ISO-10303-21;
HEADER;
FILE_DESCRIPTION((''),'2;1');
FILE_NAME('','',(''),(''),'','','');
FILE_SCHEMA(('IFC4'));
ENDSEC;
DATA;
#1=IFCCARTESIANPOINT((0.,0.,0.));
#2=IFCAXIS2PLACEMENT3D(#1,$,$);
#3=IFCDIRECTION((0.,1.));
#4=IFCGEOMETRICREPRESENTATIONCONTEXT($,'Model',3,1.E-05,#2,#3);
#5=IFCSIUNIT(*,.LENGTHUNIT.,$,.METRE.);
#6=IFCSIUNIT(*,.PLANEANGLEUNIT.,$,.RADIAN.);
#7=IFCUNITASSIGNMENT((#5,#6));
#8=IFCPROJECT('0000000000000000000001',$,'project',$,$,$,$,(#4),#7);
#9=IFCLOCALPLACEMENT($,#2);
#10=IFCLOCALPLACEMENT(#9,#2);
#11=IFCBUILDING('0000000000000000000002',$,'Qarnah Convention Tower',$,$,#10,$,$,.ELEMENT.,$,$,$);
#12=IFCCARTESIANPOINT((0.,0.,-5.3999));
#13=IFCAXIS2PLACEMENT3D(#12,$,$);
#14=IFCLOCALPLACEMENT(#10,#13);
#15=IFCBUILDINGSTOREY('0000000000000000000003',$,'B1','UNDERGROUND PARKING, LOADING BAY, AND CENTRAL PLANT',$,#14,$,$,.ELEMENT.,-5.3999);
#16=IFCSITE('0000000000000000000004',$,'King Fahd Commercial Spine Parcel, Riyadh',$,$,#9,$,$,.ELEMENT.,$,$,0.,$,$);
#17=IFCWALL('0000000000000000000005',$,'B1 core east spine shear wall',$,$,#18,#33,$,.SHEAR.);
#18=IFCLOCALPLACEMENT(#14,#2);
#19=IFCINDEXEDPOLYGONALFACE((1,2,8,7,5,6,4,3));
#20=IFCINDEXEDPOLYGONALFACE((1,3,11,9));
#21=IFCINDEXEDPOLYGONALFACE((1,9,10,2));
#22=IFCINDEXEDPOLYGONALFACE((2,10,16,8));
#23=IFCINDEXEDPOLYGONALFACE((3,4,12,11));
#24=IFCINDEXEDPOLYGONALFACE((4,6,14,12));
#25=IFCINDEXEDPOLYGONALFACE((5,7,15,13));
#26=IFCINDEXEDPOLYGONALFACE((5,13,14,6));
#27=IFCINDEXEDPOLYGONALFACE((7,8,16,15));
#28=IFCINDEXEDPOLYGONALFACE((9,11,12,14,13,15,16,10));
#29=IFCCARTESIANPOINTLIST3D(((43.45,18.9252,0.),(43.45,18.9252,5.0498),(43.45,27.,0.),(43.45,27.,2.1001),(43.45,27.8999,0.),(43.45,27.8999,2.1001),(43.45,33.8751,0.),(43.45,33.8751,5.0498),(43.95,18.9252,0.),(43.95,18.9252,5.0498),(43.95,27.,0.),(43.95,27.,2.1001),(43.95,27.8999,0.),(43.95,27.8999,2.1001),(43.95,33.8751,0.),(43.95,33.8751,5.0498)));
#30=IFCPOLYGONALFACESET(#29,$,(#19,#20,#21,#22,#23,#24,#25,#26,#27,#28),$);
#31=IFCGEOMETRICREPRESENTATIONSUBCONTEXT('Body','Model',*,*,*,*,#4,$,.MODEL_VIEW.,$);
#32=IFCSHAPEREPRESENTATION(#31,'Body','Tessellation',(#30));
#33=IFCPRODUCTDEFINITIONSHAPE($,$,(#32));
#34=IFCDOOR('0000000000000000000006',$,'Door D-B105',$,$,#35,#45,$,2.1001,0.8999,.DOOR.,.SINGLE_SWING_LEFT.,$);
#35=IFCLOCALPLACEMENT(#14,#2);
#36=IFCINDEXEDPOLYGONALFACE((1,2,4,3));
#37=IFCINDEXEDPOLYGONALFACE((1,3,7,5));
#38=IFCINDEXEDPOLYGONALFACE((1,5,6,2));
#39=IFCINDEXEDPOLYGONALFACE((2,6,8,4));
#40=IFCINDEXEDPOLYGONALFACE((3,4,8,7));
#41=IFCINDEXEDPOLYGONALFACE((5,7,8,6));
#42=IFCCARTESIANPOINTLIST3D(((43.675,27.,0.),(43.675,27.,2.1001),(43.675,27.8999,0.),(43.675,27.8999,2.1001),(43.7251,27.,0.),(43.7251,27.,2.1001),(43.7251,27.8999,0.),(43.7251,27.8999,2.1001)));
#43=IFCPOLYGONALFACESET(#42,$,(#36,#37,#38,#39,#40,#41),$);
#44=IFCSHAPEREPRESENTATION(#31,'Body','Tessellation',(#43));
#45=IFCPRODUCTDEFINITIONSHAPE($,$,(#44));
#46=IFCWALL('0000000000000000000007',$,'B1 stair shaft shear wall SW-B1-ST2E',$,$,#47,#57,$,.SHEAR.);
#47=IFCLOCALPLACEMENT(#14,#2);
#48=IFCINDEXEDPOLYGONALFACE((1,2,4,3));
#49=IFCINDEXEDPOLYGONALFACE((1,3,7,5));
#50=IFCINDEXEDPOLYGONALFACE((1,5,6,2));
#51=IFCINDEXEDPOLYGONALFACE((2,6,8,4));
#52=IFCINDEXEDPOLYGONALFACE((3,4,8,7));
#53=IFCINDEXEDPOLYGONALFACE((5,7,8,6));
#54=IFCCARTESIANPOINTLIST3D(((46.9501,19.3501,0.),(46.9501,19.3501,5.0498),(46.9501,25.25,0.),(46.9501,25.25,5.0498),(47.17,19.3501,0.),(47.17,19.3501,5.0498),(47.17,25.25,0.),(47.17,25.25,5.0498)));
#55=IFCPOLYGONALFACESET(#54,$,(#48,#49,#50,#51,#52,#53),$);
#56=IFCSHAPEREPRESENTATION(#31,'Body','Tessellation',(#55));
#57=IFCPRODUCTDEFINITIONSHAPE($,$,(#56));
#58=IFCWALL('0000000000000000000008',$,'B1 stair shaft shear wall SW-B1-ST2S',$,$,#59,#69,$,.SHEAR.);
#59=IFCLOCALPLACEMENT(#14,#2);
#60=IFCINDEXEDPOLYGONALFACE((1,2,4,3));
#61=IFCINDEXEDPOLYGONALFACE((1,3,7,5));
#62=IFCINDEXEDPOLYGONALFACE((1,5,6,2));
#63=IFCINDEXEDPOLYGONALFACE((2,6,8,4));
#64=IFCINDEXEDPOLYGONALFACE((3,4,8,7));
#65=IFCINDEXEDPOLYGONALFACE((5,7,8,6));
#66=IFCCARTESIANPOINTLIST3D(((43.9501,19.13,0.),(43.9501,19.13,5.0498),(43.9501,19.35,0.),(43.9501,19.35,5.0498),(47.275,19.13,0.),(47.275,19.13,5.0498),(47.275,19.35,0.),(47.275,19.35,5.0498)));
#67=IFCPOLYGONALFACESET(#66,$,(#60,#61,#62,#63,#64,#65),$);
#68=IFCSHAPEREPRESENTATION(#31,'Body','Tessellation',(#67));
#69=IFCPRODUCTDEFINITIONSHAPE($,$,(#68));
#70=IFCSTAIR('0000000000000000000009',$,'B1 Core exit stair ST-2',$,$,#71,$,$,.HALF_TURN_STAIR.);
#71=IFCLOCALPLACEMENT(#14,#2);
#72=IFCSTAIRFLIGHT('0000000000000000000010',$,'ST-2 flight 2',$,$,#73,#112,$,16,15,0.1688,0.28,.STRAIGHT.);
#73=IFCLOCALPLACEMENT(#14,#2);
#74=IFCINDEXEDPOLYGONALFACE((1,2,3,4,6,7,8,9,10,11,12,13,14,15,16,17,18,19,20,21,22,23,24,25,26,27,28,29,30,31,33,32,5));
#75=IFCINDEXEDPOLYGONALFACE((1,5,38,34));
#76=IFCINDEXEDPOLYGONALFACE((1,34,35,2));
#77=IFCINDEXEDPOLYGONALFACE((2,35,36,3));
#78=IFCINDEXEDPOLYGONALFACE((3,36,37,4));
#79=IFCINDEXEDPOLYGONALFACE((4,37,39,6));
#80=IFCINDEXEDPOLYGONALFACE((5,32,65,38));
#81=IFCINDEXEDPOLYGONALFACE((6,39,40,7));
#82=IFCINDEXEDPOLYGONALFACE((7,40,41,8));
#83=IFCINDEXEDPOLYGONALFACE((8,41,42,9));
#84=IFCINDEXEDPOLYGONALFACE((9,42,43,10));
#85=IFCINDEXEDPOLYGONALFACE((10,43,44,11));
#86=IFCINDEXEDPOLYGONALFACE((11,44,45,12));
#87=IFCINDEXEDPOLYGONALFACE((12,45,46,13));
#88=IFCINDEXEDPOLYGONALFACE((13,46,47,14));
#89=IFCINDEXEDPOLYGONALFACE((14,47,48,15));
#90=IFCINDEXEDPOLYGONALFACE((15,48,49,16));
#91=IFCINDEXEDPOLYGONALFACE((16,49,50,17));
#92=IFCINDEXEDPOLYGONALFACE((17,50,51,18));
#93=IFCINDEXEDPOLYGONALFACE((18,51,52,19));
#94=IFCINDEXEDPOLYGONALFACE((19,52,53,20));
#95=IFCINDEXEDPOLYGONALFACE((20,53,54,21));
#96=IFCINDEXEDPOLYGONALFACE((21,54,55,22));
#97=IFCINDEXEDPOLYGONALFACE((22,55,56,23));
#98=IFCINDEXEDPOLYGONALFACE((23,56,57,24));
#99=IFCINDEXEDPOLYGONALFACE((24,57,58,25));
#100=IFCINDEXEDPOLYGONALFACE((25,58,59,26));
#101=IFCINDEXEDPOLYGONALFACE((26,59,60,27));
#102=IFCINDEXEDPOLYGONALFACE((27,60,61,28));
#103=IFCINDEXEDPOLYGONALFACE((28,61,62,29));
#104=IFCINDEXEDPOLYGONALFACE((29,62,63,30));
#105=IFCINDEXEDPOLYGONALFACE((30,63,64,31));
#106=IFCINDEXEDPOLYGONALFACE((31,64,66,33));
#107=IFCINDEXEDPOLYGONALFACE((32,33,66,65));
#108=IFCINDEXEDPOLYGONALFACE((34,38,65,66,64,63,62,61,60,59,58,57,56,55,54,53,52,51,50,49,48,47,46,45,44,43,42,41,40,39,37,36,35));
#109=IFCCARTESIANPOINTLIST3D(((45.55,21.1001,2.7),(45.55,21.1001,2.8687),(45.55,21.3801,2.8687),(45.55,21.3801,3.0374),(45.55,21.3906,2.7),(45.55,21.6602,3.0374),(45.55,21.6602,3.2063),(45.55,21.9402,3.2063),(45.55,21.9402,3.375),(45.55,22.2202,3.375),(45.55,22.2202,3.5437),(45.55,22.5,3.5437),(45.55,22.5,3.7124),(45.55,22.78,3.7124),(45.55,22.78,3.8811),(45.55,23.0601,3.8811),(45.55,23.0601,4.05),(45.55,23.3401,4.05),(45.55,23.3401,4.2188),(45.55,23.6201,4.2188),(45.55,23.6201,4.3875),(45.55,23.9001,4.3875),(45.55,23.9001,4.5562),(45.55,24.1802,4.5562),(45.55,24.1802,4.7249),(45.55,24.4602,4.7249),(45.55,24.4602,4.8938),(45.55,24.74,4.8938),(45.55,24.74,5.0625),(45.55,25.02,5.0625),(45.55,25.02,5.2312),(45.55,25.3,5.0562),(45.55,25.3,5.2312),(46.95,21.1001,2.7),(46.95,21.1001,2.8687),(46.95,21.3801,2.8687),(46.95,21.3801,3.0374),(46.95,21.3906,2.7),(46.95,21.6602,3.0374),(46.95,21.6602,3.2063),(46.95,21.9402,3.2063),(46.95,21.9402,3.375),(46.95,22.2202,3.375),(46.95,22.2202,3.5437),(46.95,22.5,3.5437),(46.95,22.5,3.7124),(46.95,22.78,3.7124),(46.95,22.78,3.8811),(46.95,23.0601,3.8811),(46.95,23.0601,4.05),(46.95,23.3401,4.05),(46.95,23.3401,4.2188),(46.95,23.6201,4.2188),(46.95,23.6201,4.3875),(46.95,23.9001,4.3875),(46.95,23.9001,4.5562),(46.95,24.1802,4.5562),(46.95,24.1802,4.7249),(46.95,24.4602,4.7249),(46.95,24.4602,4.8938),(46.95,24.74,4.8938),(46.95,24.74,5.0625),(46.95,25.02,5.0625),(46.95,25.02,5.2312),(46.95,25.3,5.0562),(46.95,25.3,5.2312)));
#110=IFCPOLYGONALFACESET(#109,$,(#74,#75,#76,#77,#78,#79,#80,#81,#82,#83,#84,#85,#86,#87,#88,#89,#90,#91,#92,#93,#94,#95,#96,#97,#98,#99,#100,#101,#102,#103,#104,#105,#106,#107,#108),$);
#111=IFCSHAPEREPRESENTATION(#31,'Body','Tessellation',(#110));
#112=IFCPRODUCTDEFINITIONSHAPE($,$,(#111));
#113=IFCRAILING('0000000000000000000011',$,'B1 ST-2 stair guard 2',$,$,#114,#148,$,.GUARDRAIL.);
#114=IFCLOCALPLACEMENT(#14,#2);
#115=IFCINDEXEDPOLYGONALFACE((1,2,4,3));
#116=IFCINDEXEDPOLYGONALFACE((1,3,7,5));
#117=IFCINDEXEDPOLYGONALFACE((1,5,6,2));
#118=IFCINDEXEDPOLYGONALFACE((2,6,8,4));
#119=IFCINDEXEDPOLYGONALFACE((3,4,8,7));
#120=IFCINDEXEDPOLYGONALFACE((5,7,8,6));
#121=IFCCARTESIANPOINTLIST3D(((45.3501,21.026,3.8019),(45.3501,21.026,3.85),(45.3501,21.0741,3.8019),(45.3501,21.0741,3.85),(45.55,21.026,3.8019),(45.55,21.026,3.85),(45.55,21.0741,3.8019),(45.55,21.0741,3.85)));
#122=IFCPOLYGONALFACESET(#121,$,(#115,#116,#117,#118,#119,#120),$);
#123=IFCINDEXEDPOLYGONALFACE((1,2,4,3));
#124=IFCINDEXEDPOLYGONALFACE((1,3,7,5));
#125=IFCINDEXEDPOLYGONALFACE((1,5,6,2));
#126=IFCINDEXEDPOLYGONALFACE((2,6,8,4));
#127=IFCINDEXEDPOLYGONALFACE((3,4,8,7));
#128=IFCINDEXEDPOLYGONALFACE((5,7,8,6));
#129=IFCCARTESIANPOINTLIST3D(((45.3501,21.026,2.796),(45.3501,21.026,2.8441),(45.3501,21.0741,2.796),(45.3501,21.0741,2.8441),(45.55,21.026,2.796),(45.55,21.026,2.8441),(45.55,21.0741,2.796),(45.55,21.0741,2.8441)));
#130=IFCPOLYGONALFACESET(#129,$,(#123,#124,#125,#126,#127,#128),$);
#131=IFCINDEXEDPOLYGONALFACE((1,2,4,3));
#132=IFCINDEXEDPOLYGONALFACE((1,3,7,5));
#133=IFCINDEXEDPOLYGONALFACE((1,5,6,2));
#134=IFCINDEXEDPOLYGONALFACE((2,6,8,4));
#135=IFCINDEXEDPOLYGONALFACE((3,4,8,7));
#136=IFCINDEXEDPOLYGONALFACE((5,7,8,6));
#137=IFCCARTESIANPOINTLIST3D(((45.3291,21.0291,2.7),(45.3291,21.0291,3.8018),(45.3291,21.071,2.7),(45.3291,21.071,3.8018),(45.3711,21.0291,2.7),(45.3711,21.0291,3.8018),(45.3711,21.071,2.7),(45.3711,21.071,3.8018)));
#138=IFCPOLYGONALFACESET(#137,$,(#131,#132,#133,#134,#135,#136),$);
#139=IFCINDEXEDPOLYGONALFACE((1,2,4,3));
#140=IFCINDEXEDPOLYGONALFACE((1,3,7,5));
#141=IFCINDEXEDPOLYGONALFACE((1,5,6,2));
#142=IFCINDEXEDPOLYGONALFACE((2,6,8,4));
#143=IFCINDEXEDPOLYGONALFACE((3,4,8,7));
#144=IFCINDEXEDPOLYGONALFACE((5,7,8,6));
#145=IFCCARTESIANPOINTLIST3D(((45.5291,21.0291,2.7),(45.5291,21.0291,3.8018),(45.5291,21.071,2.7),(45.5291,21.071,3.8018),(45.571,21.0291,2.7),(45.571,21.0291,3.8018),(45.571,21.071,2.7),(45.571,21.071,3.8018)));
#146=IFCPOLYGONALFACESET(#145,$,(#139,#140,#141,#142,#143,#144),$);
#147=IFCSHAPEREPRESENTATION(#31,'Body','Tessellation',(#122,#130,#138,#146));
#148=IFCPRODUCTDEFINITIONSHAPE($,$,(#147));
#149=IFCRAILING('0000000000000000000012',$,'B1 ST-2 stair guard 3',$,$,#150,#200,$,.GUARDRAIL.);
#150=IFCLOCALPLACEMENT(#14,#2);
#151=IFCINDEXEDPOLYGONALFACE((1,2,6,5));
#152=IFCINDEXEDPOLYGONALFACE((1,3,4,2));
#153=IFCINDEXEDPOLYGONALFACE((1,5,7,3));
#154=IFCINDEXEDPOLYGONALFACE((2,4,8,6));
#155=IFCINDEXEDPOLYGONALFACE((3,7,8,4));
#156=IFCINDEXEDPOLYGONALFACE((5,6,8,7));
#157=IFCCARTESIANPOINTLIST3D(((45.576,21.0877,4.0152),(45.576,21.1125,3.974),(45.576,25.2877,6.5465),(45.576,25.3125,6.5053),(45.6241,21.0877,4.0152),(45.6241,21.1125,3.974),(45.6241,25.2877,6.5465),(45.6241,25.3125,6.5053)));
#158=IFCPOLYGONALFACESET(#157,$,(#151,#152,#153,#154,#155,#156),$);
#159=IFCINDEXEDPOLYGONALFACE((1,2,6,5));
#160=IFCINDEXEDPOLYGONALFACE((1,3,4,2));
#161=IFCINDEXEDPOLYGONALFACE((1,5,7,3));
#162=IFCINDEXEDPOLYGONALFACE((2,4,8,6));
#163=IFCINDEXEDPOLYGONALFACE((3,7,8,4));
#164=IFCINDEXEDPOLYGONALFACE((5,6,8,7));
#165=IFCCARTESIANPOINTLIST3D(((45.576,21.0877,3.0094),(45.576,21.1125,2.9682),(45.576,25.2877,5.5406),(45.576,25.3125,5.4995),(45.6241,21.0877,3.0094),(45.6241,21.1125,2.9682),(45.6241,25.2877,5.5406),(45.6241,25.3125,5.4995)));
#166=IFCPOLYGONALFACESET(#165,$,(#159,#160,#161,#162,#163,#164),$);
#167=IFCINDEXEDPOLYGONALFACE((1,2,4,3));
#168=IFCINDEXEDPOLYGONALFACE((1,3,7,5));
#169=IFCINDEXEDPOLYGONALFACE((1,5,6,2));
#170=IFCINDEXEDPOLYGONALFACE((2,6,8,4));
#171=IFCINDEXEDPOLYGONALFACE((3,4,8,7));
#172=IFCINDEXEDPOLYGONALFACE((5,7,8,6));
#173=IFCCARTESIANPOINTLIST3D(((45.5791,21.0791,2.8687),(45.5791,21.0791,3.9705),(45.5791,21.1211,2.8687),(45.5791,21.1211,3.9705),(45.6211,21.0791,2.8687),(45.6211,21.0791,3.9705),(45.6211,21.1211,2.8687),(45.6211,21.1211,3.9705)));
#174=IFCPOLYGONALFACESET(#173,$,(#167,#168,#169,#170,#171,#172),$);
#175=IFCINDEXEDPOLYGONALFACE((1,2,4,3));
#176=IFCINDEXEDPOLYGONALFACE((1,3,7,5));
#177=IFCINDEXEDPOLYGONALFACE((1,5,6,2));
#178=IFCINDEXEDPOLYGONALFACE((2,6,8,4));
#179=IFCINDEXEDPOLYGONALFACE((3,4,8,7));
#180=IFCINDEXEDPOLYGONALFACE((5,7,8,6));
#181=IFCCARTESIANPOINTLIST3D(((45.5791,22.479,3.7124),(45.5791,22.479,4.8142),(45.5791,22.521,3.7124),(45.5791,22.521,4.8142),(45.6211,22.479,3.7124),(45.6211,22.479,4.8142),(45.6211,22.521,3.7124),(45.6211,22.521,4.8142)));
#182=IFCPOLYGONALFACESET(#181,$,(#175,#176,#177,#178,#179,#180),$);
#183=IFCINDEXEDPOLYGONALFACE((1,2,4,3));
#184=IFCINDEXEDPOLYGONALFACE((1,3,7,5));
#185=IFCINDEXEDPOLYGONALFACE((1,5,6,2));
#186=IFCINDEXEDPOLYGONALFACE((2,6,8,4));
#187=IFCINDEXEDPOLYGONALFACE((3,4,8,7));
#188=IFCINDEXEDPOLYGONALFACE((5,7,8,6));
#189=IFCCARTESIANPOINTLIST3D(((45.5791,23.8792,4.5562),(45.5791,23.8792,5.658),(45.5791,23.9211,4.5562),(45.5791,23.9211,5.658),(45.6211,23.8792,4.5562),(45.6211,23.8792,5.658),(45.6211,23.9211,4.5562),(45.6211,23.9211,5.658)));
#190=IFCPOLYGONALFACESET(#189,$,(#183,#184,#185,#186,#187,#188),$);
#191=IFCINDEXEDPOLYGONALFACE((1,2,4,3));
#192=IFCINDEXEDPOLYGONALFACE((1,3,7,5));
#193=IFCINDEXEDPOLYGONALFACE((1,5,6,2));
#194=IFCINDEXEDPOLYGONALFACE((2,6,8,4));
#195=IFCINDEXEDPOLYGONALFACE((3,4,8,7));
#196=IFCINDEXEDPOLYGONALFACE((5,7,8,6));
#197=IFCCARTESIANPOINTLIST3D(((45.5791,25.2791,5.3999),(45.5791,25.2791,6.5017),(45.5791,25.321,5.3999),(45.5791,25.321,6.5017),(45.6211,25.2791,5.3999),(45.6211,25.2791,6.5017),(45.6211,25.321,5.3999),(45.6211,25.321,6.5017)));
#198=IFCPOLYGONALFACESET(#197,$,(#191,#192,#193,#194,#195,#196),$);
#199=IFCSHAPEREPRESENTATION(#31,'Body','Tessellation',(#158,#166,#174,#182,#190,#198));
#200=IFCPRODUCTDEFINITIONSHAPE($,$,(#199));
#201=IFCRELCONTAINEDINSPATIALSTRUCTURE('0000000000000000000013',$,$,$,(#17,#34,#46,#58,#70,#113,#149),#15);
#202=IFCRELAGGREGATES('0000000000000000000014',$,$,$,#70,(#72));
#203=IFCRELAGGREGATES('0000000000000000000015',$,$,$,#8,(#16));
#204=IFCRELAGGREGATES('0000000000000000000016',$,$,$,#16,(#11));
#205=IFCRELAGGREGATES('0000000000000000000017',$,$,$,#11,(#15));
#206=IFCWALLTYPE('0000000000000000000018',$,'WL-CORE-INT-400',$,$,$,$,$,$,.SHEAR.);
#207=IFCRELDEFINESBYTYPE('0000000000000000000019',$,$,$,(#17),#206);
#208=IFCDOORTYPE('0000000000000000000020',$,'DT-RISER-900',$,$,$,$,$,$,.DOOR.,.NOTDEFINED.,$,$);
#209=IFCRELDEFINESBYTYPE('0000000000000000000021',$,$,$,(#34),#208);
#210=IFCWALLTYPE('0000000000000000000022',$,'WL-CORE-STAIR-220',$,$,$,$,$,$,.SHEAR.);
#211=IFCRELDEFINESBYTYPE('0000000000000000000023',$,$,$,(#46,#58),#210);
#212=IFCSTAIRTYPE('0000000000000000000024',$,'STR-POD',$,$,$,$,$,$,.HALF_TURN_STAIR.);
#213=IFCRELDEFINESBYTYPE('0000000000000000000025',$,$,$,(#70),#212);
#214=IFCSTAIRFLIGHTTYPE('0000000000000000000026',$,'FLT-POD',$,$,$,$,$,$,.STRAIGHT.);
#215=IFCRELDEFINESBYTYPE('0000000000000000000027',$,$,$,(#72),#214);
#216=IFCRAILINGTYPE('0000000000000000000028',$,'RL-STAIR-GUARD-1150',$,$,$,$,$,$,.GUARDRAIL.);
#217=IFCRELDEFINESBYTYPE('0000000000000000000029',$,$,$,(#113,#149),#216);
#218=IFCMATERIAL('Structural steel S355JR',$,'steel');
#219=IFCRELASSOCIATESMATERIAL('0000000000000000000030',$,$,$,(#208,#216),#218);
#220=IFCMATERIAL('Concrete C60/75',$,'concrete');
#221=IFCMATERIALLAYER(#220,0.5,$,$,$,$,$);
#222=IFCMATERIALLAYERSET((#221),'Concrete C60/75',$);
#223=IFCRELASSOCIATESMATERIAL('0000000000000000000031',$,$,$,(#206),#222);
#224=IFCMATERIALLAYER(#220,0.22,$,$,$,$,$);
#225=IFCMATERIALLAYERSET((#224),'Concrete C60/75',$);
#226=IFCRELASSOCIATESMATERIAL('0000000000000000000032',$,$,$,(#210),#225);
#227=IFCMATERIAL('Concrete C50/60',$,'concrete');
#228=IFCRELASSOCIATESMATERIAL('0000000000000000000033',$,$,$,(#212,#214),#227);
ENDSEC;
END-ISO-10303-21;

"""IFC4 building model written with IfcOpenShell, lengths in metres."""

from ifc_helpers import new_model, si_unit, direction, frame, frame_2d, origin, origin_2d, place, context, subcontext, project, spatial, polyline, rectangle, outline, extrude, material, layer, layer_set, type_object, element, fill, aggregate, save


model = new_model("IFC4")

# Units and contexts
model_context = context("Model", 3, precision=1e-05, world=origin(), true_north=direction((0.0, 1.0)))
body_context = subcontext(model_context, "Body", "Model", "MODEL_VIEW")
ifc_project = project(units=[si_unit("LENGTHUNIT", "METRE"), si_unit("PLANEANGLEUNIT", "RADIAN")], contexts=[model_context])

# Site, building, storey
site_placement = place(None, origin())
site = spatial("IfcSite", under=ifc_project, at=site_placement, Name="King Fahd Commercial Spine Parcel, Riyadh", CompositionType="ELEMENT", RefElevation=0.0)
building_placement = place(site_placement, origin())
building = spatial("IfcBuilding", under=site, at=building_placement, Name="Qarnah Convention Tower", CompositionType="ELEMENT")
storey_placement = place(building_placement, frame((0.0, 0.0, -5.3999)))
storey = spatial("IfcBuildingStorey", under=building, at=storey_placement, Name="B1", Description="UNDERGROUND PARKING, LOADING BAY, AND CENTRAL PLANT", CompositionType="ELEMENT", Elevation=-5.3999)

# Shared definitions
ifc_material_1 = material(Name="Concrete C50/60", Category="concrete")

# Shared definitions
ifc_material_2 = material(Name="Structural steel S355JR", Category="steel")

# Shared definitions
ifc_material_3 = material(Name="Concrete C60/75", Category="concrete")
door_type_1 = type_object("IfcDoorType", Name="DT-RISER-900", OperationType="NOTDEFINED", PredefinedType="DOOR", material=ifc_material_2)

# Wall, opening, door
ifc_layer_1 = layer(ifc_material_3, 0.5)
ifc_layer_set_1 = layer_set([ifc_layer_1], Name="Concrete C60/75")
wall_type_1 = type_object("IfcWallType", Name="WL-CORE-INT-400", PredefinedType="SHEAR", material=ifc_layer_set_1)
wall_1_placement = place(storey_placement, frame((43.7, 18.925, 0.0), z_axis=(0.0, 0.0, 1.0), x_axis=(0.0, 1.0, 0.0)))
wall_1 = element("IfcWall", 1, at=wall_1_placement, inside=storey, type_object=wall_type_1, Name="B1 core east spine shear wall", PredefinedType="SHEAR", context=body_context, shape_type="SweptSolid", body=[
    extrude(rectangle(XDim=14.95, YDim=0.5, at=frame_2d((7.4751, 0.0))), origin(), (0.0, 0.0, 1.0), 5.0498),
])
opening_1_placement = place(wall_1_placement, frame((8.075, 0.0, 0.0)))
opening_1 = element("IfcOpeningElement", 2, at=opening_1_placement, cuts=wall_1, PredefinedType="OPENING", context=body_context, shape_type="SweptSolid", body=[
    extrude(rectangle(XDim=0.8999, YDim=2.1001, at=frame_2d((0.45, 1.05))), frame((0.0, 0.26, 0.0), z_axis=(0.0, -1.0, 0.0), x_axis=(1.0, 0.0, 0.0)), (0.0, 0.0, 1.0), 0.52),
])
door_1_placement = place(opening_1_placement, origin())
door_1 = element("IfcDoor", 3, at=door_1_placement, inside=storey, type_object=door_type_1, Name="Door D-B105", OperationType="SINGLE_SWING_LEFT", OverallHeight=2.1001, OverallWidth=0.8999, PredefinedType="DOOR", context=body_context, shape_type="SweptSolid", body=[
    extrude(rectangle(XDim=0.8999, YDim=2.1001, at=frame_2d((0.45, 1.05))), frame((0.0, 0.0249, 0.0), z_axis=(0.0, -1.0, 0.0), x_axis=(1.0, 0.0, 0.0)), (0.0, 0.0, 1.0), 0.05),
])
fill(opening_1, door_1)

# Walls
ifc_layer_2 = layer(ifc_material_3, 0.22)
ifc_layer_set_2 = layer_set([ifc_layer_2], Name="Concrete C60/75")
wall_type_2 = type_object("IfcWallType", Name="WL-CORE-STAIR-220", PredefinedType="SHEAR", material=ifc_layer_set_2)
wall_2_placement = place(storey_placement, frame((47.0601, 19.3501, 0.0), z_axis=(0.0, 0.0, 1.0), x_axis=(0.0, 1.0, 0.0)))
element("IfcWall", 4, at=wall_2_placement, inside=storey, type_object=wall_type_2, Name="B1 stair shaft shear wall SW-B1-ST2E", PredefinedType="SHEAR", context=body_context, shape_type="SweptSolid", body=[
    extrude(rectangle(XDim=5.8999, YDim=0.22, at=frame_2d((2.95, 0.0))), origin(), (0.0, 0.0, 1.0), 5.0498),
])
wall_3_placement = place(storey_placement, frame((43.95, 19.24, 0.0), z_axis=(0.0, 0.0, 1.0), x_axis=(1.0, 0.0, 0.0)))
element("IfcWall", 5, at=wall_3_placement, inside=storey, type_object=wall_type_2, Name="B1 stair shaft shear wall SW-B1-ST2S", PredefinedType="SHEAR", context=body_context, shape_type="SweptSolid", body=[
    extrude(rectangle(XDim=3.325, YDim=0.22, at=frame_2d((1.6626, 0.0))), origin(), (0.0, 0.0, 1.0), 5.0498),
])

# Stair, stair flight
stair_type = type_object("IfcStairType", Name="STR-POD", PredefinedType="HALF_TURN_STAIR", material=ifc_material_1)
stair_placement = place(storey_placement, origin())
stair = element("IfcStair", 6, at=stair_placement, inside=storey, type_object=stair_type, Name="B1 Core exit stair ST-2", PredefinedType="HALF_TURN_STAIR")
stair_flight_type = type_object("IfcStairFlightType", Name="FLT-POD", PredefinedType="STRAIGHT", material=ifc_material_1)
stair_flight_placement = place(storey_placement, frame((46.25, 21.1001, 2.7), z_axis=(0.0, 0.0, 1.0), x_axis=(0.0, 1.0, 0.0)))
stair_flight = element("IfcStairFlight", 7, at=stair_flight_placement, type_object=stair_flight_type, Name="ST-2 flight 2", NumberOfRisers=16, NumberOfTreads=15, PredefinedType="STRAIGHT", RiserHeight=0.1688, TreadLength=0.28, context=body_context, shape_type="SweptSolid", body=[
    extrude(outline(polyline([(0.0, 0.0), (0.0, 0.1687), (0.28, 0.1687), (0.28, 0.3374), (0.5601, 0.3374), (0.5601, 0.5063), (0.8401, 0.5063), (0.8401, 0.675), (1.1201, 0.675), (1.1201, 0.8438), (1.3999, 0.8438), (1.3999, 1.0125), (1.6799, 1.0125), (1.6799, 1.1812), (1.96, 1.1812), (1.96, 1.3501), (2.24, 1.3501), (2.24, 1.5188), (2.52, 1.5188), (2.52, 1.6875), (2.8, 1.6875), (2.8, 1.8562), (3.0801, 1.8562), (3.0801, 2.0249), (3.3601, 2.0249), (3.3601, 2.1938), (3.6399, 2.1938), (3.6399, 2.3625), (3.9199, 2.3625), (3.9199, 2.5312), (4.2, 2.5312), (4.2, 2.7), (4.2, 2.3562), (0.2905, 0.0), (0.0, 0.0)])), frame((0.0, 0.7, 0.0), z_axis=(0.0, -1.0, 0.0), x_axis=(1.0, 0.0, 0.0)), (0.0, 0.0, 1.0), 1.3999),
])
aggregate(stair, [stair_flight])

# Railings
railing_type_1 = type_object("IfcRailingType", Name="RL-STAIR-GUARD-1150", PredefinedType="GUARDRAIL", material=ifc_material_2)
railing_1_placement = place(storey_placement, frame((45.3501, 21.05, 2.7)))
element("IfcRailing", 8, at=railing_1_placement, inside=storey, type_object=railing_type_1, Name="B1 ST-2 stair guard 2", PredefinedType="GUARDRAIL", context=body_context, shape_type="SweptSolid", body=[
    extrude(rectangle(XDim=0.0481, YDim=0.0481, at=origin_2d()), frame((0.0, 0.0, 1.126), z_axis=(1.0, 0.0, 0.0), x_axis=(0.0, 1.0, 0.0)), (0.0, 0.0, 1.0), 0.2),
    extrude(rectangle(XDim=0.0481, YDim=0.0481, at=origin_2d()), frame((0.0, 0.0, 0.1201), z_axis=(1.0, 0.0, 0.0), x_axis=(0.0, 1.0, 0.0)), (0.0, 0.0, 1.0), 0.2),
    extrude(rectangle(XDim=0.042, YDim=0.042, at=origin_2d()), origin(), (0.0, 0.0, 1.0), 1.1018),
    extrude(rectangle(XDim=0.042, YDim=0.042, at=origin_2d()), frame((0.2, 0.0, 0.0)), (0.0, 0.0, 1.0), 1.1018),
])
railing_2_placement = place(storey_placement, frame((45.6001, 21.1001, 2.8687)))
element("IfcRailing", 9, at=railing_2_placement, inside=storey, type_object=railing_type_1, Name="B1 ST-2 stair guard 3", PredefinedType="GUARDRAIL", context=body_context, shape_type="SweptSolid", body=[
    extrude(rectangle(XDim=0.0481, YDim=0.0481, at=origin_2d()), frame((0.0, 0.0, 1.126), z_axis=(0.0, 0.856476, 0.516186), x_axis=(-1.0, 0.0, 0.0)), (0.0, 0.0, 1.0), 4.9038),
    extrude(rectangle(XDim=0.0481, YDim=0.0481, at=origin_2d()), frame((0.0, 0.0, 0.1201), z_axis=(0.0, 0.856476, 0.516186), x_axis=(-1.0, 0.0, 0.0)), (0.0, 0.0, 1.0), 4.9038),
    extrude(rectangle(XDim=0.042, YDim=0.042, at=origin_2d()), origin(), (0.0, 0.0, 1.0), 1.1018),
    extrude(rectangle(XDim=0.042, YDim=0.042, at=origin_2d()), frame((0.0, 1.3999, 0.8438)), (0.0, 0.0, 1.0), 1.1018),
    extrude(rectangle(XDim=0.042, YDim=0.042, at=origin_2d()), frame((0.0, 2.8, 1.6875)), (0.0, 0.0, 1.0), 1.1018),
    extrude(rectangle(XDim=0.042, YDim=0.042, at=origin_2d()), frame((0.0, 4.2, 2.5312)), (0.0, 0.0, 1.0), 1.1018),
])

save(model, "model.ifc")
